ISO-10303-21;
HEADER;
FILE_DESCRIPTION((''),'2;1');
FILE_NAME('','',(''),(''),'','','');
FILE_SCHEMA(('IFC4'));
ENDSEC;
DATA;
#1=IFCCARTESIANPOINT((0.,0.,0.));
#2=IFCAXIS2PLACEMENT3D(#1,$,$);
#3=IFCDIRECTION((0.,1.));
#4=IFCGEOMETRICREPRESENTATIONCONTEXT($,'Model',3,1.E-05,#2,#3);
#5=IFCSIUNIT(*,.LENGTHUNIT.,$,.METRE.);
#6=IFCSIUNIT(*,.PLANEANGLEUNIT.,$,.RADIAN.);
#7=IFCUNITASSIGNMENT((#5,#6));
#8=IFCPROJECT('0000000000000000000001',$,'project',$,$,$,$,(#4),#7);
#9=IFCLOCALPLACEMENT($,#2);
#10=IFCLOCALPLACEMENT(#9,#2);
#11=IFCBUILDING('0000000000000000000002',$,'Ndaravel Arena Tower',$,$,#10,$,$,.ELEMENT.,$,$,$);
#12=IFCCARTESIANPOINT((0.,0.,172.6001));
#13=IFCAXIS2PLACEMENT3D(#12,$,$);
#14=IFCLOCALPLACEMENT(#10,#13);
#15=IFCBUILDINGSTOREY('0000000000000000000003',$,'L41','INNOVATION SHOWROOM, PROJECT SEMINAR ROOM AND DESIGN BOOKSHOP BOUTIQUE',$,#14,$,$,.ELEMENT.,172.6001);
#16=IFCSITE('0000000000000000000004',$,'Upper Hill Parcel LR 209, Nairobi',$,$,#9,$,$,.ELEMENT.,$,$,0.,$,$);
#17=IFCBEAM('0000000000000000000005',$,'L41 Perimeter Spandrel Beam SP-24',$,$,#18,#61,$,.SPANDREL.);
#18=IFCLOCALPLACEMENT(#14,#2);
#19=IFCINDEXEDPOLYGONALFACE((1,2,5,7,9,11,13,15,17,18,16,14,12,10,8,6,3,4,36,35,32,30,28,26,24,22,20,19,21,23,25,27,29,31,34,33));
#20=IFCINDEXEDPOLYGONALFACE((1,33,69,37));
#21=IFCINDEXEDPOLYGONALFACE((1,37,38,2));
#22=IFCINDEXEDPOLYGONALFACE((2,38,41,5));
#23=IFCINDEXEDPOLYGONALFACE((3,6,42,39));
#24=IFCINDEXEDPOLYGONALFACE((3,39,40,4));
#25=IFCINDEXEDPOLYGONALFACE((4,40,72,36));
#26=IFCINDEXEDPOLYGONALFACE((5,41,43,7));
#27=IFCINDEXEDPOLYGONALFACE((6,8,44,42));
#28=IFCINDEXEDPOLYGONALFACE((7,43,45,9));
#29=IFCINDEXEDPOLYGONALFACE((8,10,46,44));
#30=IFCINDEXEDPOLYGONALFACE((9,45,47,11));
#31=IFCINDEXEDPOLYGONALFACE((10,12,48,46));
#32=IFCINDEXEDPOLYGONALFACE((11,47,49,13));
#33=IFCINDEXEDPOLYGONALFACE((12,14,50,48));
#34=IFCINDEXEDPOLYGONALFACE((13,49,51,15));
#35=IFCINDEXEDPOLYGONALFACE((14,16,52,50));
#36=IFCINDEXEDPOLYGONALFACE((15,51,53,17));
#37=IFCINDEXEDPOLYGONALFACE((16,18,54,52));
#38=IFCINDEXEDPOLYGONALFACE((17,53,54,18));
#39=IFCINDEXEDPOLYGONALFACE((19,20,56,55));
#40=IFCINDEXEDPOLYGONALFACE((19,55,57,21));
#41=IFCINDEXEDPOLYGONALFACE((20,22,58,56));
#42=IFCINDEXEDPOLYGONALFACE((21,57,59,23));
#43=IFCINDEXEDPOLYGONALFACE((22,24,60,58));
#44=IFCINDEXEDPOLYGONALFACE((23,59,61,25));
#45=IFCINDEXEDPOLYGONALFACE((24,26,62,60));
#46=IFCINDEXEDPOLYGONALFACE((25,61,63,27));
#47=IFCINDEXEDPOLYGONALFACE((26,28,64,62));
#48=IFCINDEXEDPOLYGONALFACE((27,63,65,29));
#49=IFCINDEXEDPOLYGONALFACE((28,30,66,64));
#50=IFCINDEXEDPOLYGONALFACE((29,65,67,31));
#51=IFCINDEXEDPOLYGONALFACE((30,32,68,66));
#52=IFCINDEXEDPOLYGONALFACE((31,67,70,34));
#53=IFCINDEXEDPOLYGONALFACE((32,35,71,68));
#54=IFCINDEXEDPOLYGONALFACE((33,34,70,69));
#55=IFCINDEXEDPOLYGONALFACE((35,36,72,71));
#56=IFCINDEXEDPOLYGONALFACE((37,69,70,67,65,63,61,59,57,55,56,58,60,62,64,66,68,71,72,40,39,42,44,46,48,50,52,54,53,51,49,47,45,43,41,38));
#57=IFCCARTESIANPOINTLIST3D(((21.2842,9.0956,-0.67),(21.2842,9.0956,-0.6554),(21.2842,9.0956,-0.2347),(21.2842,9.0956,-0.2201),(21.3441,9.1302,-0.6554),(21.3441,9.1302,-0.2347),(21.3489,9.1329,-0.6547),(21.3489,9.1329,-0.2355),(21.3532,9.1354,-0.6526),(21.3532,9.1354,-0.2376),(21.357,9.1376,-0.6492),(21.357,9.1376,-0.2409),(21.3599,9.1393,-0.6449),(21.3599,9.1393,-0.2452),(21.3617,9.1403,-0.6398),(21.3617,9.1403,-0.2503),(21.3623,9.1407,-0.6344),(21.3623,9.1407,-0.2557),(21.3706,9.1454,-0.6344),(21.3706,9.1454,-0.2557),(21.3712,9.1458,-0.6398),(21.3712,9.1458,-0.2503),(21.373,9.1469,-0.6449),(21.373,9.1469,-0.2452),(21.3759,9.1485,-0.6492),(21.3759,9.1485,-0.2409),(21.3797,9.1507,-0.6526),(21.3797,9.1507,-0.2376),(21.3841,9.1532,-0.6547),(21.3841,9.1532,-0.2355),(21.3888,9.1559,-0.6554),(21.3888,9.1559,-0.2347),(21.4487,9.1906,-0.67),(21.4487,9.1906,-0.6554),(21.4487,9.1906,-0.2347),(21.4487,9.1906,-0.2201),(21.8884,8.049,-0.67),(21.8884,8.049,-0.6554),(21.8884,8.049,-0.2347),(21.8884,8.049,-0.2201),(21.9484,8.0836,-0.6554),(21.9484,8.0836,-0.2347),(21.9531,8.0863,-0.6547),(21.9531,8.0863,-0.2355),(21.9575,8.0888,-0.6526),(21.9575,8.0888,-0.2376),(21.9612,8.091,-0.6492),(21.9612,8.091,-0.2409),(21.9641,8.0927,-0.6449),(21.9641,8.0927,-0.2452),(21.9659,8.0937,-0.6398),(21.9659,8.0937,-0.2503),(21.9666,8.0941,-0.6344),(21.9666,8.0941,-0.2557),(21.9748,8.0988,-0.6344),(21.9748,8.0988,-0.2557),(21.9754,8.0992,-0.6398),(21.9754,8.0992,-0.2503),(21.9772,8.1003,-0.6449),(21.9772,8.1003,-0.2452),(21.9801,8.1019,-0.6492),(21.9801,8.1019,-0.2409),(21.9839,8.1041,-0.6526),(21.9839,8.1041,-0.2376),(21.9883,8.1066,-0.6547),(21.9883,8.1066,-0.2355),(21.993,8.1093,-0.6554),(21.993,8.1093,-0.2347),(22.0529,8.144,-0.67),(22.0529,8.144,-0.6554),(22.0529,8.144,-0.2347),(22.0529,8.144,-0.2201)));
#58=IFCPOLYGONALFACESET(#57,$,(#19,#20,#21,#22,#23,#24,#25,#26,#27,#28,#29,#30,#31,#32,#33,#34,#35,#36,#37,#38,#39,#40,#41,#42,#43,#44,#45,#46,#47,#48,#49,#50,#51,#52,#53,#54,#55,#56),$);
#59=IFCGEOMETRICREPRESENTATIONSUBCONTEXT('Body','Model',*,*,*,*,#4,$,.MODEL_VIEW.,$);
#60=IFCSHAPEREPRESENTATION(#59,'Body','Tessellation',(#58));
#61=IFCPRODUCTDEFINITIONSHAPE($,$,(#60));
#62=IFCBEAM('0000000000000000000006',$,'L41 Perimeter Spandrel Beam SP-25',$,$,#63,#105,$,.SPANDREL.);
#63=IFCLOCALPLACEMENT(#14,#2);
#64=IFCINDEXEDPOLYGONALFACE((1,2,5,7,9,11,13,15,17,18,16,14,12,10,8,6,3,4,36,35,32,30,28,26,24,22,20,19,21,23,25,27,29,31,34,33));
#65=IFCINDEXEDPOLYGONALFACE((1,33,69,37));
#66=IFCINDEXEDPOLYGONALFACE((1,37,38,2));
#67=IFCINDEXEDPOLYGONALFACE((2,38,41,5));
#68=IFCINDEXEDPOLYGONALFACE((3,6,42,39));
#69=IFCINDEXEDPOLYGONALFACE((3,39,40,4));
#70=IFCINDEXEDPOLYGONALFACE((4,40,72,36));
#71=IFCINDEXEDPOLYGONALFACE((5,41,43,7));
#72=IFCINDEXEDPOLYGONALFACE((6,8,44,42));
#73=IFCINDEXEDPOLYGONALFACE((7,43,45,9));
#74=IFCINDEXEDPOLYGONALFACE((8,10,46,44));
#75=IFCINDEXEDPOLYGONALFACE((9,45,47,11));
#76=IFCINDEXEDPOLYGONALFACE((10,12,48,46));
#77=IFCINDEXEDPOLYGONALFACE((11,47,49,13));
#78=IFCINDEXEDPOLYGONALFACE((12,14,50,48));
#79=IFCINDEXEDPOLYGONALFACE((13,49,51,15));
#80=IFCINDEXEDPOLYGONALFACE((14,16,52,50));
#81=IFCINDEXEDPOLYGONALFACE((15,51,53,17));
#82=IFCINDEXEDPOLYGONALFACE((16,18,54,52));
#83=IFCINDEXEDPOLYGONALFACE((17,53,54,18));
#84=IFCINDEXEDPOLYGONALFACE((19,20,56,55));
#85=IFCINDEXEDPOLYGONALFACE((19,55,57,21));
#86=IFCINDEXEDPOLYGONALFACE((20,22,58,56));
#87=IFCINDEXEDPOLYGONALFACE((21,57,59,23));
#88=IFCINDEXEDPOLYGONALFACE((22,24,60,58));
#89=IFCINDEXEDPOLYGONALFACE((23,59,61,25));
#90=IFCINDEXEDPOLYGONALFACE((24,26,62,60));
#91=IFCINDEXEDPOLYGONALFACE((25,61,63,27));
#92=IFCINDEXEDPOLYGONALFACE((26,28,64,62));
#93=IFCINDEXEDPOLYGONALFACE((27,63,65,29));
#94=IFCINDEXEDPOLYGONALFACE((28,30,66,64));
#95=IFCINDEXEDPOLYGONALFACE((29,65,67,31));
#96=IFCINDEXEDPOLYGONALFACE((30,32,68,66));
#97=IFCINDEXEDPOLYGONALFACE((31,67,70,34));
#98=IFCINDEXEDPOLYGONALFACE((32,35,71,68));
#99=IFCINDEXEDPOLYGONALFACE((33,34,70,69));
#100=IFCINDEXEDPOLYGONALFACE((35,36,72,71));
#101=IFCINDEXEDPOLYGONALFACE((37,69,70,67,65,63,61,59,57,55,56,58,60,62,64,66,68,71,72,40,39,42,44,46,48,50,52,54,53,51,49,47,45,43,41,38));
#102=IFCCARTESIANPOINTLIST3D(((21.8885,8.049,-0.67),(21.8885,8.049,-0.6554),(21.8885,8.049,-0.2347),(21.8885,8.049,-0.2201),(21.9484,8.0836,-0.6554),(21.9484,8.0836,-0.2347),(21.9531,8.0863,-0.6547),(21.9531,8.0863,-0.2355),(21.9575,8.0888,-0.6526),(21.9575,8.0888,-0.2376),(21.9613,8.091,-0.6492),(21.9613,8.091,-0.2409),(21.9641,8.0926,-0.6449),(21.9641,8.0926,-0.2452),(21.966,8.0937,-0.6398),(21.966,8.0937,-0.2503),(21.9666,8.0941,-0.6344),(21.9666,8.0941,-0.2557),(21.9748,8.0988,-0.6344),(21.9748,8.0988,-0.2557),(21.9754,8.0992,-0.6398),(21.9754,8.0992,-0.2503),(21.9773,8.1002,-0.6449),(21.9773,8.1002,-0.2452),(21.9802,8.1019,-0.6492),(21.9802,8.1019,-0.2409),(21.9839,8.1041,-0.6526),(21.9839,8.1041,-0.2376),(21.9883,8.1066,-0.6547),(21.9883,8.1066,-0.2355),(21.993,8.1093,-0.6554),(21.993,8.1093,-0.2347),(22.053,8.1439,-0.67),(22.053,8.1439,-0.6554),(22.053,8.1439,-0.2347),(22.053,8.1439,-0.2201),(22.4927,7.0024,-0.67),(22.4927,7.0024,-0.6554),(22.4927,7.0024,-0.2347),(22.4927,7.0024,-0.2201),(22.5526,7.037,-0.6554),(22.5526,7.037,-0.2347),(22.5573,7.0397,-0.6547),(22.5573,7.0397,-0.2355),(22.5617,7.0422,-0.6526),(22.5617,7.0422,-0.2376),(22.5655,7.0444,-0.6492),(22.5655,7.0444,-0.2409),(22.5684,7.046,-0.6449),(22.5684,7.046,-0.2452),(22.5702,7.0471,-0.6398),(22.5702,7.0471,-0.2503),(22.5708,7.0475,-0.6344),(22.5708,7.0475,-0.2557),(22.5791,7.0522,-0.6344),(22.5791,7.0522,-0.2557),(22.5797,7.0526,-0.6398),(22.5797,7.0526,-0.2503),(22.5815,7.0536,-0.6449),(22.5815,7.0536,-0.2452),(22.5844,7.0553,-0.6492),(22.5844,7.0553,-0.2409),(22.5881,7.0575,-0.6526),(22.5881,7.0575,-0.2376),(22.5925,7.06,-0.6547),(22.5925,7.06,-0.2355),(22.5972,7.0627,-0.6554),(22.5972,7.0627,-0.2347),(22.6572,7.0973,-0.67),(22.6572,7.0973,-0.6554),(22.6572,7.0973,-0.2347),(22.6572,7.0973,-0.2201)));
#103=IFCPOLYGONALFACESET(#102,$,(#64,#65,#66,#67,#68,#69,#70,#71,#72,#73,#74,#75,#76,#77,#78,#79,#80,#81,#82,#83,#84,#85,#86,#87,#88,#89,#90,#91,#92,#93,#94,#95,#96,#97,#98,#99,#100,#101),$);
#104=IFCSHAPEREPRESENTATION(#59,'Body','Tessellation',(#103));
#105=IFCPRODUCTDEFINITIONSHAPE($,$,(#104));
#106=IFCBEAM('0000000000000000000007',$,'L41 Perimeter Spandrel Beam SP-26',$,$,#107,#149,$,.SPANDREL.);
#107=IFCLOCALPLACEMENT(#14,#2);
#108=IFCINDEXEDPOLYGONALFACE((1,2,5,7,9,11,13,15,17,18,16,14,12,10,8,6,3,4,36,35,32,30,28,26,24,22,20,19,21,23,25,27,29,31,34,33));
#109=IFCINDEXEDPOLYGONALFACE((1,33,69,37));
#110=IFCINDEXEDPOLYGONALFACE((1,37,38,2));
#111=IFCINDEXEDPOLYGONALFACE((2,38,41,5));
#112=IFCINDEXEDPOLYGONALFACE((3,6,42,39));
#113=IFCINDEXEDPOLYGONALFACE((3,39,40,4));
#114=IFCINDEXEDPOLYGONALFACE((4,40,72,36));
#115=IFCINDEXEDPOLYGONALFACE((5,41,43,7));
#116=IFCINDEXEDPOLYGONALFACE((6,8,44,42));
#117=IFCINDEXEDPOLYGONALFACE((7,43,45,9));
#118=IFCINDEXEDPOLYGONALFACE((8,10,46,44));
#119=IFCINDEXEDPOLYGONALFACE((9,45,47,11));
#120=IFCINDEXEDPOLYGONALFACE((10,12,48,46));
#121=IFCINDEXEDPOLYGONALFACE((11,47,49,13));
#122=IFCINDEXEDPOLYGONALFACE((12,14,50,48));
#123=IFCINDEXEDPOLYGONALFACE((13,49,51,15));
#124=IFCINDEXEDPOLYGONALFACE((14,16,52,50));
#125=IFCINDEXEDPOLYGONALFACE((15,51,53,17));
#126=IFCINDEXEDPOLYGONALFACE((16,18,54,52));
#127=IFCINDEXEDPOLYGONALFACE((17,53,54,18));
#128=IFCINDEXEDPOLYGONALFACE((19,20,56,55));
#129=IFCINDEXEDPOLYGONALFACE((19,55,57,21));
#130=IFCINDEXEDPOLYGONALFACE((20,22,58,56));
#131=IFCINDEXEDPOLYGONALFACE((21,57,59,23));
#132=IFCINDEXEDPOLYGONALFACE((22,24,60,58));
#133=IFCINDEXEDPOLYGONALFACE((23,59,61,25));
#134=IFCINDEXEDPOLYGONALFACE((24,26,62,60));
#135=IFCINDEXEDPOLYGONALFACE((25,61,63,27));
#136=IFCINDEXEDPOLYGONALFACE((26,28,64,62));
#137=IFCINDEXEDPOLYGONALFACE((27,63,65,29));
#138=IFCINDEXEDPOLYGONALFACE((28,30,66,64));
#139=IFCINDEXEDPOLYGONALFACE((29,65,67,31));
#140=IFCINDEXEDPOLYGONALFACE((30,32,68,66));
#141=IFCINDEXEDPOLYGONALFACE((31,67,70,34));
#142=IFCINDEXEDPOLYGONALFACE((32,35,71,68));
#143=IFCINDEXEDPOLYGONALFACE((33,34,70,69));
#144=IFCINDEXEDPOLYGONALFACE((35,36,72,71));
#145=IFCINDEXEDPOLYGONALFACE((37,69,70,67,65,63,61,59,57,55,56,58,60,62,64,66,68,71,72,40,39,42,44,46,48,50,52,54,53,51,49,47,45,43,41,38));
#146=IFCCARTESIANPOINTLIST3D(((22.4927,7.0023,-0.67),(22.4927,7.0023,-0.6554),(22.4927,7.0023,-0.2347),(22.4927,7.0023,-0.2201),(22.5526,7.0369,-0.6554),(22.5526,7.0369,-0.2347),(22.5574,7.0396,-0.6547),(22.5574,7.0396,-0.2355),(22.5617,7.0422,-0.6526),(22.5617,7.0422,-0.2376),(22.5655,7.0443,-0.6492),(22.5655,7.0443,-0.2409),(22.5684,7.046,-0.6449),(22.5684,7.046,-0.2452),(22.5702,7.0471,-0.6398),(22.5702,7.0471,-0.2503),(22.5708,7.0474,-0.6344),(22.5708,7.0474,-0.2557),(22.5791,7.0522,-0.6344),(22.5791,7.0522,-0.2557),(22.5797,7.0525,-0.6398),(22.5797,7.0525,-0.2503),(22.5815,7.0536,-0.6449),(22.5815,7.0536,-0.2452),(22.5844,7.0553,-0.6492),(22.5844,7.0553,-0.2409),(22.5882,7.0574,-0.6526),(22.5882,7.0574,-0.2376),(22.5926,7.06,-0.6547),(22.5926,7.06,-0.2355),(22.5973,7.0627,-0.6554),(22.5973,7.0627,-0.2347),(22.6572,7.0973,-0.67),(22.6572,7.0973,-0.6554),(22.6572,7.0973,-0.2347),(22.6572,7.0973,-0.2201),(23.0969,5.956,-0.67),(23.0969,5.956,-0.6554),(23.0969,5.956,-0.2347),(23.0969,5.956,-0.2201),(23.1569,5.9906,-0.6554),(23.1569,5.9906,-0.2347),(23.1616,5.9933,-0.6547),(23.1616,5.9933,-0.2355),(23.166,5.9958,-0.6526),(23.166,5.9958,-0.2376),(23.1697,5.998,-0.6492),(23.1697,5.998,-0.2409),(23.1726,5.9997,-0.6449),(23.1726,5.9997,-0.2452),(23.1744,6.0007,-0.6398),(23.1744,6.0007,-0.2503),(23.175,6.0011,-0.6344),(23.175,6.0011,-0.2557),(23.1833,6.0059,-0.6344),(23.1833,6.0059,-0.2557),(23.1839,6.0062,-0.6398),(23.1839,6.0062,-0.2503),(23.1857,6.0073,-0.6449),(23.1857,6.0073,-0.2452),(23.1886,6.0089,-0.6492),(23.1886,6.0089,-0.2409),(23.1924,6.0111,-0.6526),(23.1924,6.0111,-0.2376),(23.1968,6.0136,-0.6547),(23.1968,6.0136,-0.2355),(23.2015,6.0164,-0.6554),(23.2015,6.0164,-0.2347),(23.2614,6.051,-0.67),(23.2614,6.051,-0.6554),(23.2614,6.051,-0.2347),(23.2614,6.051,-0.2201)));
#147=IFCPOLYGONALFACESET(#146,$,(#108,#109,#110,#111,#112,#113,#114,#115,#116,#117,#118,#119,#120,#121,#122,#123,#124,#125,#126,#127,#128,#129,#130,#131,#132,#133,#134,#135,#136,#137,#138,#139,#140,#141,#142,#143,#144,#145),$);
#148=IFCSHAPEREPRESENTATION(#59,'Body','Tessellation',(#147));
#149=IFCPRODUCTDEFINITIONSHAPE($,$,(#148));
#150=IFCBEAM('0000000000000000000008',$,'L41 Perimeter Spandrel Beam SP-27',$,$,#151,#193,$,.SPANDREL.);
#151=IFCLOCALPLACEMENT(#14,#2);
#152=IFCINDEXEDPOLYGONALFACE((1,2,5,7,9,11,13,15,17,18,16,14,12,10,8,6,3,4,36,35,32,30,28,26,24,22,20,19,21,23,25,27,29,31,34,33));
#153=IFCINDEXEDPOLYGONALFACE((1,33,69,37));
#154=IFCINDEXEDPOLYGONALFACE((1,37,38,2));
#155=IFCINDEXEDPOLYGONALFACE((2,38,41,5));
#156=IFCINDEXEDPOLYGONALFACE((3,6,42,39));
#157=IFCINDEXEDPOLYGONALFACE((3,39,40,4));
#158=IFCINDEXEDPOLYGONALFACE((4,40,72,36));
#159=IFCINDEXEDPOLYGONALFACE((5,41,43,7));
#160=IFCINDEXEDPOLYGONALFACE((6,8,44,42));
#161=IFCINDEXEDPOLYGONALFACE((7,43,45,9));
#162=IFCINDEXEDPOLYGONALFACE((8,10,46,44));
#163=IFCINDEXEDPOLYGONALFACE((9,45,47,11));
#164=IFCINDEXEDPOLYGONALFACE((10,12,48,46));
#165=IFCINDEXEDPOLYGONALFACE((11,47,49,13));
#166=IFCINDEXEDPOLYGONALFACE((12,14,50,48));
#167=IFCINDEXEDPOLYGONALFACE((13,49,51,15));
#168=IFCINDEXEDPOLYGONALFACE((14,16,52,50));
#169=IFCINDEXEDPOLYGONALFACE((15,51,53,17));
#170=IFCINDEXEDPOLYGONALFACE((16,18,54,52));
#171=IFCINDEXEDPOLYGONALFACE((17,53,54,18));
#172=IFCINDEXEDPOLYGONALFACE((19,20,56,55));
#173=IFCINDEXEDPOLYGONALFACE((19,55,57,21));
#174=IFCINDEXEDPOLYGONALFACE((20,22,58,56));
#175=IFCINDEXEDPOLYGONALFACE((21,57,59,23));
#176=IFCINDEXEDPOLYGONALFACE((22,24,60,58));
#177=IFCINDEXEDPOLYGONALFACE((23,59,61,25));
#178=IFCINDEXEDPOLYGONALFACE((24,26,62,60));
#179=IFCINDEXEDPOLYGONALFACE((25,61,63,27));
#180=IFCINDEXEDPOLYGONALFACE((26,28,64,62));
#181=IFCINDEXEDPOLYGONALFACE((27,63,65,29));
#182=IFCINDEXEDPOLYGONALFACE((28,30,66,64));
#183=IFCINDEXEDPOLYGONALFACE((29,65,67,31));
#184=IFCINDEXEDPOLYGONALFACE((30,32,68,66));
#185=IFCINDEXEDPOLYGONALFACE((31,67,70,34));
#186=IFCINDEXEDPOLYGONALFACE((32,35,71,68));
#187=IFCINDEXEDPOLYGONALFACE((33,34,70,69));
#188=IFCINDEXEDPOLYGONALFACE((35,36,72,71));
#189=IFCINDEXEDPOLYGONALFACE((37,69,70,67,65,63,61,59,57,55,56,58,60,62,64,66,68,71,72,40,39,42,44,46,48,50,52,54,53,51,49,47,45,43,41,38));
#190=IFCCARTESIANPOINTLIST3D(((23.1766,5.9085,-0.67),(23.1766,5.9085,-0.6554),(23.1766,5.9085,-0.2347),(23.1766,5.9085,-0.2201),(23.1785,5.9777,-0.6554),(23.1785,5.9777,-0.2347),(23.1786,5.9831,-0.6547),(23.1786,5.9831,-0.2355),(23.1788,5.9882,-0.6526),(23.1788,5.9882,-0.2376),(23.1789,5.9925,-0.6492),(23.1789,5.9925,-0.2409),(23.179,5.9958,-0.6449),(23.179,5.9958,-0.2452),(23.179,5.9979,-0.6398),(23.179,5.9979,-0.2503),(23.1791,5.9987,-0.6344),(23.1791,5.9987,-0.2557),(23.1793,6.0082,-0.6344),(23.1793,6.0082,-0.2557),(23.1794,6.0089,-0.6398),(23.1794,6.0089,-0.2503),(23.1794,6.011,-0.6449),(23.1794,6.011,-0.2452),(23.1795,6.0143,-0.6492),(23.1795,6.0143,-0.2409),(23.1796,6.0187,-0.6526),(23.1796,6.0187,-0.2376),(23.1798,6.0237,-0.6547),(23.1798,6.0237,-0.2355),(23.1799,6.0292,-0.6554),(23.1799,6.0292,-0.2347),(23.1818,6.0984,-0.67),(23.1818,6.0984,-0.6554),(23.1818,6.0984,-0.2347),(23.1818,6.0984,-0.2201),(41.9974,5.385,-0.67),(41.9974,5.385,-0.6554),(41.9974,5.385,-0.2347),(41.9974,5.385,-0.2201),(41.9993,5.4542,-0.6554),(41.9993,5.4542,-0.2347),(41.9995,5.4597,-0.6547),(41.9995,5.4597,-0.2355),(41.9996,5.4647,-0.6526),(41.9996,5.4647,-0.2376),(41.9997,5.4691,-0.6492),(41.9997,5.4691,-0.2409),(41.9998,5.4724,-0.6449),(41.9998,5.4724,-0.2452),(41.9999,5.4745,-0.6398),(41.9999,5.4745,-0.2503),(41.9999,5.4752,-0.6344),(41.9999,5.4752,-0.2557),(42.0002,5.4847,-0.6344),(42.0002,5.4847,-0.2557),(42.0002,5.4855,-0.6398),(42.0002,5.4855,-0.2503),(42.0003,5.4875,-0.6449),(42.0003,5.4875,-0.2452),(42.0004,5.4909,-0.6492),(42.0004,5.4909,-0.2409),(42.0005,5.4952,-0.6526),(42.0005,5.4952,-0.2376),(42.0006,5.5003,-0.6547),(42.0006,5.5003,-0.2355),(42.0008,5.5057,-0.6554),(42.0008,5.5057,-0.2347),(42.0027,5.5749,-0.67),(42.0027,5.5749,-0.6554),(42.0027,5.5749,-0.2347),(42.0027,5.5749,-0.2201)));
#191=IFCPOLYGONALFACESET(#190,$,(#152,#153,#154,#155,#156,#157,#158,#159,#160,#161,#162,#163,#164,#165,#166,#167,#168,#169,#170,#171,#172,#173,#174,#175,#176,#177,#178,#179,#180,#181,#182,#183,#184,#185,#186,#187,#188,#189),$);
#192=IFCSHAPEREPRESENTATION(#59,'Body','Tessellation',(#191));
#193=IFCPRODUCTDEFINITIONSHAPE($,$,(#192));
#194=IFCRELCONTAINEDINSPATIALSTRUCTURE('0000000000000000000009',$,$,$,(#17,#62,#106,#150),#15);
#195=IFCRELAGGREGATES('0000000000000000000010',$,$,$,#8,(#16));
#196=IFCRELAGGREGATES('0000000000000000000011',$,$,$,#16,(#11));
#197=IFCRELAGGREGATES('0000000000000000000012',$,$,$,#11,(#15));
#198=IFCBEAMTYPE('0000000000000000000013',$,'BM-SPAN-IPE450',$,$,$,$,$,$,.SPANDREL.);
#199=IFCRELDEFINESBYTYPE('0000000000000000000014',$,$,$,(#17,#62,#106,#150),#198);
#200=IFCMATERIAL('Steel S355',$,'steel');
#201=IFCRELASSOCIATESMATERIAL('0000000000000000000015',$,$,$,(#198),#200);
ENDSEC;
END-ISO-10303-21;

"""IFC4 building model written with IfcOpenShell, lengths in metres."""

from ifc_helpers import new_model, si_unit, direction, frame, origin, origin_2d, place, context, subcontext, project, spatial, i_section, extrude, material, material_profile, profile_set, type_object, element, save


model = new_model("IFC4")

# Units and contexts
model_context = context("Model", 3, precision=1e-05, world=origin(), true_north=direction((0.0, 1.0)))
body_context = subcontext(model_context, "Body", "Model", "MODEL_VIEW")
ifc_project = project(units=[si_unit("LENGTHUNIT", "METRE"), si_unit("PLANEANGLEUNIT", "RADIAN")], contexts=[model_context])

# Site, building, storey
site_placement = place(None, origin())
site = spatial("IfcSite", under=ifc_project, at=site_placement, Name="Upper Hill Parcel LR 209, Nairobi", CompositionType="ELEMENT", RefElevation=0.0)
building_placement = place(site_placement, origin())
building = spatial("IfcBuilding", under=site, at=building_placement, Name="Ndaravel Arena Tower", CompositionType="ELEMENT")
storey_placement = place(building_placement, frame((0.0, 0.0, 172.6001)))
storey = spatial("IfcBuildingStorey", under=building, at=storey_placement, Name="L41", Description="INNOVATION SHOWROOM, PROJECT SEMINAR ROOM AND DESIGN BOOKSHOP BOUTIQUE", CompositionType="ELEMENT", Elevation=172.6001)

# Beams
ifc_material_1 = material(Name="Steel S355", Category="steel")
ifc_material_profile_1 = material_profile(ifc_material_1, i_section(OverallWidth=0.1899, OverallDepth=0.45, WebThickness=0.0095, FlangeThickness=0.0146, FilletRadius=0.021, at=origin_2d()), Name="IPE 450")
ifc_profile_set_1 = profile_set([ifc_material_profile_1], Name="Steel S355")
beam_type = type_object("IfcBeamType", Name="BM-SPAN-IPE450", PredefinedType="SPANDREL", material=ifc_profile_set_1)
for number, where, z_axis, x_axis, name in (
    (1, (21.3665, 9.1431, -0.4451), (0.499985, -0.866034, 0.0), (0.866034, 0.499985, 0.0), "L41 Perimeter Spandrel Beam SP-24"),
    (2, (21.9707, 8.0964, -0.4451), (0.499985, -0.866034, 0.0), (0.866034, 0.499985, 0.0), "L41 Perimeter Spandrel Beam SP-25"),
):
    element("IfcBeam", number, at=place(storey_placement, frame(where, z_axis=z_axis, x_axis=x_axis)), inside=storey, type_object=beam_type, Name=name, PredefinedType="SPANDREL", context=body_context, shape_type="SweptSolid", body=[
        extrude(i_section(OverallWidth=0.1899, OverallDepth=0.45, WebThickness=0.0095, FlangeThickness=0.0146, FilletRadius=0.021, at=origin_2d()), origin(), (0.0, 0.0, 1.0), 1.2085),
    ])
beam_1_placement = place(storey_placement, frame((22.575, 7.0498, -0.4451), z_axis=(0.500072, -0.865984, 0.0), x_axis=(0.865984, 0.500072, 0.0)))
element("IfcBeam", 3, at=beam_1_placement, inside=storey, type_object=beam_type, Name="L41 Perimeter Spandrel Beam SP-26", PredefinedType="SPANDREL", context=body_context, shape_type="SweptSolid", body=[
    extrude(i_section(OverallWidth=0.1899, OverallDepth=0.45, WebThickness=0.0095, FlangeThickness=0.0146, FilletRadius=0.021, at=origin_2d()), origin(), (0.0, 0.0, 1.0), 1.2083),
])
beam_2_placement = place(storey_placement, frame((23.1792, 6.0034, -0.4451), z_axis=(0.999613, -0.027801, 0.0), x_axis=(0.027801, 0.999613, 0.0)))
element("IfcBeam", 4, at=beam_2_placement, inside=storey, type_object=beam_type, Name="L41 Perimeter Spandrel Beam SP-27", PredefinedType="SPANDREL", context=body_context, shape_type="SweptSolid", body=[
    extrude(i_section(OverallWidth=0.1899, OverallDepth=0.45, WebThickness=0.0095, FlangeThickness=0.0146, FilletRadius=0.021, at=origin_2d()), origin(), (0.0, 0.0, 1.0), 18.8281),
])

save(model, "model.ifc")
